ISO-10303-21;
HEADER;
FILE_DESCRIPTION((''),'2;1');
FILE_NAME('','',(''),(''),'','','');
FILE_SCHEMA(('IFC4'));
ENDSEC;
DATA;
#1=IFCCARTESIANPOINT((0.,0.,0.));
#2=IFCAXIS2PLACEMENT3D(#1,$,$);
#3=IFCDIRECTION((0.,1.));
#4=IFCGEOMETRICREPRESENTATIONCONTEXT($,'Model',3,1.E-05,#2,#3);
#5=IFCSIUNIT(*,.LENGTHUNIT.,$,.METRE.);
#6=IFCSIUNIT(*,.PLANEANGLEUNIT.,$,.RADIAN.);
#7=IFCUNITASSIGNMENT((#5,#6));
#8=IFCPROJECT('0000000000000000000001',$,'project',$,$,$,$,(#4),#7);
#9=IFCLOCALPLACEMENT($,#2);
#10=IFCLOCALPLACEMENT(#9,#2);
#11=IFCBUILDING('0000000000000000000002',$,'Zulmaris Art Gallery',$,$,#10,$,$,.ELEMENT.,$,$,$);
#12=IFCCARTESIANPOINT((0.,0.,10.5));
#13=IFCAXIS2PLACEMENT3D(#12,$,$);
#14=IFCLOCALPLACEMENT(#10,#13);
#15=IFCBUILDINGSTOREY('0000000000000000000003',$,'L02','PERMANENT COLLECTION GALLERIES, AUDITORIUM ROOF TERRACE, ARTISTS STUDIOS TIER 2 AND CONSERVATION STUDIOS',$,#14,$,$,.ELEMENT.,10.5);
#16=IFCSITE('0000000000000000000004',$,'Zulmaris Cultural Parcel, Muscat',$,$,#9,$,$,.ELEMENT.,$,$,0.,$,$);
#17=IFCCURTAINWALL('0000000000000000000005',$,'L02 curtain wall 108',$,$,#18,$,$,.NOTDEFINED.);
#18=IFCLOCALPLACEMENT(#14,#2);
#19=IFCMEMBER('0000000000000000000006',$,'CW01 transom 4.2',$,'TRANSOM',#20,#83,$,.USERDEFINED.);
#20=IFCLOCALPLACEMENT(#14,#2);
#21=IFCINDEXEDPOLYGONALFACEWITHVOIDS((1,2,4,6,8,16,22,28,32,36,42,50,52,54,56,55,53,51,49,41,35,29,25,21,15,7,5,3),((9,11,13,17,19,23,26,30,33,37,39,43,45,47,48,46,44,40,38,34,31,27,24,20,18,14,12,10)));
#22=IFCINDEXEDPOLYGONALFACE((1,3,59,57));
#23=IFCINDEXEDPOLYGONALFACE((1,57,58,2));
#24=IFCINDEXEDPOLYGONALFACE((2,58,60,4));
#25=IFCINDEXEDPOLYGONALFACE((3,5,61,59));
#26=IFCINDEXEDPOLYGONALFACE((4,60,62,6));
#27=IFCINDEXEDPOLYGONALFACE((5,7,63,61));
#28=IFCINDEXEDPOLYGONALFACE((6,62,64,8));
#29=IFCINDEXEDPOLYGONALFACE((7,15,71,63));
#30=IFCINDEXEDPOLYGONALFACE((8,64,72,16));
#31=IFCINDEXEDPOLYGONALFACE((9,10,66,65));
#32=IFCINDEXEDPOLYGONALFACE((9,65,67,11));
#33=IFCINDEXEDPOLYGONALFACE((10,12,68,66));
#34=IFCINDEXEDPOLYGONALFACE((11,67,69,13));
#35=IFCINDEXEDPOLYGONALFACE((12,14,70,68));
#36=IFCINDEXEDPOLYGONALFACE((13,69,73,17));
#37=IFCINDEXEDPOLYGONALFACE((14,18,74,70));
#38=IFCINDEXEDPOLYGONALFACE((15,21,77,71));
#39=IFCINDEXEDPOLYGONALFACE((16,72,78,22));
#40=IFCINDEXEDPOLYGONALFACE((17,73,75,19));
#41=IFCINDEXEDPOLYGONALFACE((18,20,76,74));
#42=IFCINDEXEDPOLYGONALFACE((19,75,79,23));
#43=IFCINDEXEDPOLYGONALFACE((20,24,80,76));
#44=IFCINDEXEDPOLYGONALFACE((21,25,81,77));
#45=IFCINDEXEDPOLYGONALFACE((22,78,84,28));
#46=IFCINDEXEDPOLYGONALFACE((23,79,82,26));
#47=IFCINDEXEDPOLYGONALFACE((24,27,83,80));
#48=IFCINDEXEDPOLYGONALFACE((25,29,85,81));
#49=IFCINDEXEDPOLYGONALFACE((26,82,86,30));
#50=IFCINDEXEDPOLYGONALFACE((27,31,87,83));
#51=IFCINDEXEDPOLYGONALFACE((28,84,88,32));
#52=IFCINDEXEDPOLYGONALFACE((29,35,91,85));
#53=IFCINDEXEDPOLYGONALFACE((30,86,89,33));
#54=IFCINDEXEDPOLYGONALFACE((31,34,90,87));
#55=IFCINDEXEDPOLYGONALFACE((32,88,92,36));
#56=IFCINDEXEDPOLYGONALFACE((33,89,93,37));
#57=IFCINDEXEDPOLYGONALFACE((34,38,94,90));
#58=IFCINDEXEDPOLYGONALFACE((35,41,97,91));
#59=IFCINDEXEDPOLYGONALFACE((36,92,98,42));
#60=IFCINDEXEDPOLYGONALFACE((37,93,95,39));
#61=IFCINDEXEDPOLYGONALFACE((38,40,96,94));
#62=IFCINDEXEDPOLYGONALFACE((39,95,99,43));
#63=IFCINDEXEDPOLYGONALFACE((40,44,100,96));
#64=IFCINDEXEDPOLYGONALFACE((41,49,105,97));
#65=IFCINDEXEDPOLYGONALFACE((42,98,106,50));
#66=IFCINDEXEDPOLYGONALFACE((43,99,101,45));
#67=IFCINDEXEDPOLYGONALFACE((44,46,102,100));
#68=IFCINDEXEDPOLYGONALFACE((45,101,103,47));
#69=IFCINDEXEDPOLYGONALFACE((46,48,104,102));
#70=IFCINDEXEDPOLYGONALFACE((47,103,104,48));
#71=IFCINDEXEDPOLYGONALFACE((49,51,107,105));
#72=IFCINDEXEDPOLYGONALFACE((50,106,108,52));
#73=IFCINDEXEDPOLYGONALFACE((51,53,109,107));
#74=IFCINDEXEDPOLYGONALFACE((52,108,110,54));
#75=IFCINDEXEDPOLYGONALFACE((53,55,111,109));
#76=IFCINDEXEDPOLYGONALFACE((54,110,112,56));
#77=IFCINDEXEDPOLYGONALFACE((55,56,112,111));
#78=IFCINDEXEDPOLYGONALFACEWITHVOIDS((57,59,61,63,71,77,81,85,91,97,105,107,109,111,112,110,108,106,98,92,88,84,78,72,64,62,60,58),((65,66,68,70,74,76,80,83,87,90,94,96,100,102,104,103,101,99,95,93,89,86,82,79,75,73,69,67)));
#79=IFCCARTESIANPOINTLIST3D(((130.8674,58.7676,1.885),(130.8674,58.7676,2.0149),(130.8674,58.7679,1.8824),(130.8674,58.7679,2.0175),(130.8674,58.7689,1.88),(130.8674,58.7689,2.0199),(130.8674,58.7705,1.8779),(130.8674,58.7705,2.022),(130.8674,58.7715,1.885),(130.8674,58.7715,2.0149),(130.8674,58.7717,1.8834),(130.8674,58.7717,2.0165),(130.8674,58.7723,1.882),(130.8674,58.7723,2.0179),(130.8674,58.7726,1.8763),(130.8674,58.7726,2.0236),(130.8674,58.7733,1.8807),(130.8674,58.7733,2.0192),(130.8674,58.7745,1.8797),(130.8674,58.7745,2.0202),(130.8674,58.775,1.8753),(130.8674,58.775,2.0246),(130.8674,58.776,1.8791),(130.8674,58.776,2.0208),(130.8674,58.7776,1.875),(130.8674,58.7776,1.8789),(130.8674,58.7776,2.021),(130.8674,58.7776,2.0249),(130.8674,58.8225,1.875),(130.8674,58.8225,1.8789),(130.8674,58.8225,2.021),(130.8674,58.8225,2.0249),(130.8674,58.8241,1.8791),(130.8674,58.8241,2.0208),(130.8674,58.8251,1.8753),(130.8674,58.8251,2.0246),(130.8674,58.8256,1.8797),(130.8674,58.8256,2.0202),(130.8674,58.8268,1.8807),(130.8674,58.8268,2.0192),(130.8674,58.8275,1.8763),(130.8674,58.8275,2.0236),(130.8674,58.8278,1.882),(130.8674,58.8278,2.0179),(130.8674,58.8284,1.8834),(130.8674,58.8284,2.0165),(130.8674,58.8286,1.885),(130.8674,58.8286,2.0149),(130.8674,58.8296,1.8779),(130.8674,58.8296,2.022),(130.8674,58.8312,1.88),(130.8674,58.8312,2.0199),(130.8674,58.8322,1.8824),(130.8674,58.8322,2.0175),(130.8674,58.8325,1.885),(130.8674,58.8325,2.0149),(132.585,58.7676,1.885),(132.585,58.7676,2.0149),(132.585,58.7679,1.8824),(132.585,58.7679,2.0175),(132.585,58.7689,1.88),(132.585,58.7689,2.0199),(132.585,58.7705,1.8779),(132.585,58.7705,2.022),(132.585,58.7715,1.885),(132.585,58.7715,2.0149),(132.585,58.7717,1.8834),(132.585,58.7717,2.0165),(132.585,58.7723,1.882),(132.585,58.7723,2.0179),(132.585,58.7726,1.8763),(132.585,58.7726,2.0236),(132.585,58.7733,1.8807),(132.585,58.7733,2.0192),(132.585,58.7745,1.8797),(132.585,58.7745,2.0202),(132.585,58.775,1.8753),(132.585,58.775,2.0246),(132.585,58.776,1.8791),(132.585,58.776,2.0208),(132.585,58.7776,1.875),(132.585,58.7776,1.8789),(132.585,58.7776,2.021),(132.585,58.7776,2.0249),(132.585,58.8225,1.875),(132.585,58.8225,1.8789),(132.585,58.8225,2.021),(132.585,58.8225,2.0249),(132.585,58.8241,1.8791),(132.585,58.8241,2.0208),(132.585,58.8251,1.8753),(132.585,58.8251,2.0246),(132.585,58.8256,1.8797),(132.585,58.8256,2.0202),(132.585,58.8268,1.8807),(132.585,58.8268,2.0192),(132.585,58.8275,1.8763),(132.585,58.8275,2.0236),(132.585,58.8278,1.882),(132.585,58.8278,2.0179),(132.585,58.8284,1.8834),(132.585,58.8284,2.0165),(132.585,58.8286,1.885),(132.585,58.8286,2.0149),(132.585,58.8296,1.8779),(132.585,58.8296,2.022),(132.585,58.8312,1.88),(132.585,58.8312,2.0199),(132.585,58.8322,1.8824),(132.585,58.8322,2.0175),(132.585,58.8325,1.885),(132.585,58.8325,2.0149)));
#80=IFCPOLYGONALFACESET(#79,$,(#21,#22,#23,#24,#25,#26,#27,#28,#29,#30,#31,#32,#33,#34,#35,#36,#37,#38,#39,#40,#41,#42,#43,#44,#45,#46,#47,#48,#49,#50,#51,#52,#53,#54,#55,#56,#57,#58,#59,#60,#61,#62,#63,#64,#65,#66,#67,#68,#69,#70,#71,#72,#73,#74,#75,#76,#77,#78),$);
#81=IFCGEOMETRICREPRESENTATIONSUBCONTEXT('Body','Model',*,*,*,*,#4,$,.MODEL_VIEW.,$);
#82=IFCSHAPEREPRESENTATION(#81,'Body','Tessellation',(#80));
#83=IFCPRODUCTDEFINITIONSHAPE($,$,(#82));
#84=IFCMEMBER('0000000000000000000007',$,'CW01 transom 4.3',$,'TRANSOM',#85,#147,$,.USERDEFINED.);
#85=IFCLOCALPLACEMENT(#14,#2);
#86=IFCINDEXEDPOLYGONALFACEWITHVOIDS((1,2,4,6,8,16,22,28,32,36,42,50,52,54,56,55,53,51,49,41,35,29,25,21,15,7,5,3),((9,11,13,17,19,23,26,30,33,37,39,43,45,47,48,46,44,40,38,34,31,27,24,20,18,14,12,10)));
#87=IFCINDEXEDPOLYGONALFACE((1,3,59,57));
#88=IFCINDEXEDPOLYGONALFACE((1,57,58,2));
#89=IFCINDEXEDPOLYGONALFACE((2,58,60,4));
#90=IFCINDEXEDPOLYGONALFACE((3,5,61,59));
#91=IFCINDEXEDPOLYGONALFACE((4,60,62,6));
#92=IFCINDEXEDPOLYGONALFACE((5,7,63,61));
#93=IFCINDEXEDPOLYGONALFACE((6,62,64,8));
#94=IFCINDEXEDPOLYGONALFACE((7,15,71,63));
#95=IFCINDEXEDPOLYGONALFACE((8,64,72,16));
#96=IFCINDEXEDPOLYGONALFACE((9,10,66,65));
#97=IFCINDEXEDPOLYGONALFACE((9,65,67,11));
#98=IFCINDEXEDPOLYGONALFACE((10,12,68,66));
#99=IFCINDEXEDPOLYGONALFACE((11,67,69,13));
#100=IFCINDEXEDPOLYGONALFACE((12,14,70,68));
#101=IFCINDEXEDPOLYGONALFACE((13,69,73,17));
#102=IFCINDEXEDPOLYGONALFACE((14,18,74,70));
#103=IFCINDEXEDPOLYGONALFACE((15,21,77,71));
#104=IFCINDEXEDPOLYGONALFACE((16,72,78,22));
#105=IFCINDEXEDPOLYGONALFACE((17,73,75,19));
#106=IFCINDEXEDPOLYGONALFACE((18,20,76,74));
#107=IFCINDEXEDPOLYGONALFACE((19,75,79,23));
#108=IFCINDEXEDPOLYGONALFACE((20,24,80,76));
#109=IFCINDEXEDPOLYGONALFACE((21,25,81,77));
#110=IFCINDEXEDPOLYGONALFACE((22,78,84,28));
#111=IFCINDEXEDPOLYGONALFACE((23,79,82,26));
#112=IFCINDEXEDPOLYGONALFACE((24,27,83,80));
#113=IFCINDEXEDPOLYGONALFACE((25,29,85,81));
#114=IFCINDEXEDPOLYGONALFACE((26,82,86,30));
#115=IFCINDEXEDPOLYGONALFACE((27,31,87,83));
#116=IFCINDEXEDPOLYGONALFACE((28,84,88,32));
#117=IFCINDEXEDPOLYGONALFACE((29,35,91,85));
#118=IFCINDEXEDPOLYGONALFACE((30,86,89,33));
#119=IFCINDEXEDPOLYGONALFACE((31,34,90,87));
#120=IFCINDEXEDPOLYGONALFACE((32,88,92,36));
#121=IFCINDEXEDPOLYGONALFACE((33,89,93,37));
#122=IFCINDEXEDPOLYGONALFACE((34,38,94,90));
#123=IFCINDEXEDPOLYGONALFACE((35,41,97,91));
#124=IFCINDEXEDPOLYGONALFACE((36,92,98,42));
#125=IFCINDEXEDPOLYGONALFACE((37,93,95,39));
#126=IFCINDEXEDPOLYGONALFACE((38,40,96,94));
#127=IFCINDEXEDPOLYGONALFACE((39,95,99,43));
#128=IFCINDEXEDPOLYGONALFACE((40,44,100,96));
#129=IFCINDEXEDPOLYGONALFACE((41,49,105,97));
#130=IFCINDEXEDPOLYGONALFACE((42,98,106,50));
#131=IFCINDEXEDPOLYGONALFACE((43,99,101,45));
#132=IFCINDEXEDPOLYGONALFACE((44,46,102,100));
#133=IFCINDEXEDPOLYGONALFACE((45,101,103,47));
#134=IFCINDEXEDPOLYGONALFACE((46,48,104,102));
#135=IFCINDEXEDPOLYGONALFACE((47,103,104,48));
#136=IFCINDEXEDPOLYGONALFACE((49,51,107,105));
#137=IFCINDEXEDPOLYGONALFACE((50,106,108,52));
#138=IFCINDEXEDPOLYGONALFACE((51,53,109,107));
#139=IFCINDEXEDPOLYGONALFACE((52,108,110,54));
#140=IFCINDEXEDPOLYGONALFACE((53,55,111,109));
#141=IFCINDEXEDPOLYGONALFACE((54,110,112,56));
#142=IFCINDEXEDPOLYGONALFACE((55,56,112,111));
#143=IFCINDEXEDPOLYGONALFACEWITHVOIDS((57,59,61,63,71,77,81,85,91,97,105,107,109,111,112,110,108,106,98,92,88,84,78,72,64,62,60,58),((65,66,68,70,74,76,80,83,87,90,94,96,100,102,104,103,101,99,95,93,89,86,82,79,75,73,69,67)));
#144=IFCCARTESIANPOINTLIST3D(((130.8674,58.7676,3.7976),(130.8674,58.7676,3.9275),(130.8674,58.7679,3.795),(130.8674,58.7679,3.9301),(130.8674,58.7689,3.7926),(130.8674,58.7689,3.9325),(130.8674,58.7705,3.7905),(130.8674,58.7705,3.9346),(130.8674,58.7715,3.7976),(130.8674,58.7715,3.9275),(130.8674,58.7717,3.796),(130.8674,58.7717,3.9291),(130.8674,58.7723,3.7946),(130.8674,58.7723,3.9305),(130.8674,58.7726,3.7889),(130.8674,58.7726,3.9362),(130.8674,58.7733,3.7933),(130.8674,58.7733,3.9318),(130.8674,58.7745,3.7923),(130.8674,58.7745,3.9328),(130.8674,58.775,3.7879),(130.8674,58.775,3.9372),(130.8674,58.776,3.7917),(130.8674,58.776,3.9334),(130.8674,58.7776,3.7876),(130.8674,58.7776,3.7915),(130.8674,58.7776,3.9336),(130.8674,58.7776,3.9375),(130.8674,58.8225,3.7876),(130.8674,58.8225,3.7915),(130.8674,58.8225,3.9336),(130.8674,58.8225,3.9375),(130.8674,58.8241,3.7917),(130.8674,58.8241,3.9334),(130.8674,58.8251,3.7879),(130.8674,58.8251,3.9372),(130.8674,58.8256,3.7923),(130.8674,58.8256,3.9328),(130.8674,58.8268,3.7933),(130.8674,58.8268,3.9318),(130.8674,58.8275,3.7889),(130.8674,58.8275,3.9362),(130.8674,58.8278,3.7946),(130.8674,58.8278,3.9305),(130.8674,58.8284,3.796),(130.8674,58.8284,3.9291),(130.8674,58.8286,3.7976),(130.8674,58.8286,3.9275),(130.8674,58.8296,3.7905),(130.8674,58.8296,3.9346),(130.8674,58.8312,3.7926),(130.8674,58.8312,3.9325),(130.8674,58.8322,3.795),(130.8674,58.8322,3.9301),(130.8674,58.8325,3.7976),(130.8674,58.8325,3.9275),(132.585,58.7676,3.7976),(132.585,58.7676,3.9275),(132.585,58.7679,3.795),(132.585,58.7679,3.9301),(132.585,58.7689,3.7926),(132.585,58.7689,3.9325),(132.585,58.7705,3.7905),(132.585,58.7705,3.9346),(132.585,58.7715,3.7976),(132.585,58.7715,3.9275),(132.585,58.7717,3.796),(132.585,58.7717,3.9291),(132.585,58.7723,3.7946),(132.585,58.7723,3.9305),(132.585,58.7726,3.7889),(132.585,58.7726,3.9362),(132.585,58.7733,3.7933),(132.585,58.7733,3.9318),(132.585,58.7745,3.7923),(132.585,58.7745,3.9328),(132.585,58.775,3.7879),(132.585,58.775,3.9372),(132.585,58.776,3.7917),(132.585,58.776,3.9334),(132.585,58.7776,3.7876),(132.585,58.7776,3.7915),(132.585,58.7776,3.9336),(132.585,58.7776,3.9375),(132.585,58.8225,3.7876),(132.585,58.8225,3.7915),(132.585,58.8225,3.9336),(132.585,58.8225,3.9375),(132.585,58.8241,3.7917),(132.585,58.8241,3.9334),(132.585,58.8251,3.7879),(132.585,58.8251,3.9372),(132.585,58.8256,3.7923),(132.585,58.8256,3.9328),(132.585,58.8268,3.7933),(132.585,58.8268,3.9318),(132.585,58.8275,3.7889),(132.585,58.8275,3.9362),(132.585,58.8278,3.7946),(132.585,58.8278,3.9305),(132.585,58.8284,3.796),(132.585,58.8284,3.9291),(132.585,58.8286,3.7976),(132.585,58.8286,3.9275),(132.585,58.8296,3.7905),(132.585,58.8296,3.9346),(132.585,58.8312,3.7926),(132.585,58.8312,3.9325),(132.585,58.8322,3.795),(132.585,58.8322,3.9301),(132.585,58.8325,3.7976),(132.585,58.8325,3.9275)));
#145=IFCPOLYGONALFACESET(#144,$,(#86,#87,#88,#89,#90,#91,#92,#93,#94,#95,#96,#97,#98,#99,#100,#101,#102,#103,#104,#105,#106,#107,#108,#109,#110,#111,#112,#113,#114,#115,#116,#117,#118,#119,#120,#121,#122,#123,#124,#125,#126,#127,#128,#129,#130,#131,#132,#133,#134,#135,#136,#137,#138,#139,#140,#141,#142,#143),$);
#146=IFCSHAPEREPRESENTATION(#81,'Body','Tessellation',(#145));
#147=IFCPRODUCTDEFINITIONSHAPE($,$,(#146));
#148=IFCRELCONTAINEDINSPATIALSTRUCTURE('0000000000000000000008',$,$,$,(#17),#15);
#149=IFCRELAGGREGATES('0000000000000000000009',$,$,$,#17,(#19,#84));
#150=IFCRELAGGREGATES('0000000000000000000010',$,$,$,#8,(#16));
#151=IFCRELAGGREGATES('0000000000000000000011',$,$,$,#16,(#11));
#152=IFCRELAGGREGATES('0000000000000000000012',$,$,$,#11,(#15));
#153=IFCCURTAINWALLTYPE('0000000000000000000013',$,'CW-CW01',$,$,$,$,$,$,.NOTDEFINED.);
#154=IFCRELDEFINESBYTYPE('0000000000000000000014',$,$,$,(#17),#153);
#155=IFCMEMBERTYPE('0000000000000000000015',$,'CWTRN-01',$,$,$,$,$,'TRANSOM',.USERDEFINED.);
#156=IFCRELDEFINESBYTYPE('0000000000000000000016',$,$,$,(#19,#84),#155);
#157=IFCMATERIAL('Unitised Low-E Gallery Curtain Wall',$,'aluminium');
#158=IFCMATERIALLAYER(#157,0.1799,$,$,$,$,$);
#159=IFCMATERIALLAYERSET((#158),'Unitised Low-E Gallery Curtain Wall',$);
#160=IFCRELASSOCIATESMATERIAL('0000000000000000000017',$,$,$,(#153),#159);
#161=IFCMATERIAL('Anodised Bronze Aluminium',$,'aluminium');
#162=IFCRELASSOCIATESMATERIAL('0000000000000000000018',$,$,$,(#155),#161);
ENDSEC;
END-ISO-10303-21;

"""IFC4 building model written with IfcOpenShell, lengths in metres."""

from ifc_helpers import new_model, si_unit, direction, frame, origin, origin_2d, place, context, subcontext, project, spatial, hollow_rectangle, extrude, material, layer, layer_set, material_profile, profile_set, type_object, element, aggregate, save


model = new_model("IFC4")

# Units and contexts
model_context = context("Model", 3, precision=1e-05, world=origin(), true_north=direction((0.0, 1.0)))
body_context = subcontext(model_context, "Body", "Model", "MODEL_VIEW")
ifc_project = project(units=[si_unit("LENGTHUNIT", "METRE"), si_unit("PLANEANGLEUNIT", "RADIAN")], contexts=[model_context])

# Site, building, storey
site_placement = place(None, origin())
site = spatial("IfcSite", under=ifc_project, at=site_placement, Name="Zulmaris Cultural Parcel, Muscat", CompositionType="ELEMENT", RefElevation=0.0)
building_placement = place(site_placement, origin())
building = spatial("IfcBuilding", under=site, at=building_placement, Name="Zulmaris Art Gallery", CompositionType="ELEMENT")
storey_placement = place(building_placement, frame((0.0, 0.0, 10.5)))
storey = spatial("IfcBuildingStorey", under=building, at=storey_placement, Name="L02", Description="PERMANENT COLLECTION GALLERIES, AUDITORIUM ROOF TERRACE, ARTISTS STUDIOS TIER 2 AND CONSERVATION STUDIOS", CompositionType="ELEMENT", Elevation=10.5)

# Curtain wall
ifc_material_1 = material(Name="Unitised Low-E Gallery Curtain Wall", Category="aluminium")
ifc_layer_1 = layer(ifc_material_1, 0.1799)
ifc_layer_set_1 = layer_set([ifc_layer_1], Name="Unitised Low-E Gallery Curtain Wall")
curtain_wall_type = type_object("IfcCurtainWallType", Name="CW-CW01", PredefinedType="NOTDEFINED", material=ifc_layer_set_1)
curtain_wall_1_placement = place(storey_placement, origin())
curtain_wall_1 = element("IfcCurtainWall", 1, at=curtain_wall_1_placement, inside=storey, type_object=curtain_wall_type, Name="L02 curtain wall 108", PredefinedType="NOTDEFINED")
ifc_material_2 = material(Name="Anodised Bronze Aluminium", Category="aluminium")

# Members
ifc_material_profile_1 = material_profile(ifc_material_2, hollow_rectangle(XDim=0.0649, YDim=0.1499, WallThickness=0.0039, InnerFilletRadius=0.0061, OuterFilletRadius=0.01, at=origin_2d()), Name="ALU 65x150x4")
ifc_profile_set_1 = profile_set([ifc_material_profile_1], Name="Anodised Bronze Aluminium")
member_type_1 = type_object("IfcMemberType", Name="CWTRN-01", ElementType="TRANSOM", PredefinedType="USERDEFINED", material=ifc_profile_set_1)
member_1_placement = place(storey_placement, frame((130.8674, 58.8, 1.95), z_axis=(1.0, 0.0, 0.0), x_axis=(0.0, 1.0, 0.0)))
member_1 = element("IfcMember", 2, at=member_1_placement, type_object=member_type_1, Name="CW01 transom 4.2", ObjectType="TRANSOM", PredefinedType="USERDEFINED", context=body_context, shape_type="SweptSolid", body=[
    extrude(hollow_rectangle(XDim=0.0649, YDim=0.1499, WallThickness=0.0039, InnerFilletRadius=0.0061, OuterFilletRadius=0.01, at=origin_2d()), origin(), (0.0, 0.0, 1.0), 1.7175),
])
member_2_placement = place(storey_placement, frame((130.8674, 58.8, 3.8625), z_axis=(1.0, 0.0, 0.0), x_axis=(0.0, 1.0, 0.0)))
member_2 = element("IfcMember", 3, at=member_2_placement, type_object=member_type_1, Name="CW01 transom 4.3", ObjectType="TRANSOM", PredefinedType="USERDEFINED", context=body_context, shape_type="SweptSolid", body=[
    extrude(hollow_rectangle(XDim=0.0649, YDim=0.1499, WallThickness=0.0039, InnerFilletRadius=0.0061, OuterFilletRadius=0.01, at=origin_2d()), origin(), (0.0, 0.0, 1.0), 1.7175),
])

aggregate(curtain_wall_1, [member_1, member_2])

save(model, "model.ifc")
